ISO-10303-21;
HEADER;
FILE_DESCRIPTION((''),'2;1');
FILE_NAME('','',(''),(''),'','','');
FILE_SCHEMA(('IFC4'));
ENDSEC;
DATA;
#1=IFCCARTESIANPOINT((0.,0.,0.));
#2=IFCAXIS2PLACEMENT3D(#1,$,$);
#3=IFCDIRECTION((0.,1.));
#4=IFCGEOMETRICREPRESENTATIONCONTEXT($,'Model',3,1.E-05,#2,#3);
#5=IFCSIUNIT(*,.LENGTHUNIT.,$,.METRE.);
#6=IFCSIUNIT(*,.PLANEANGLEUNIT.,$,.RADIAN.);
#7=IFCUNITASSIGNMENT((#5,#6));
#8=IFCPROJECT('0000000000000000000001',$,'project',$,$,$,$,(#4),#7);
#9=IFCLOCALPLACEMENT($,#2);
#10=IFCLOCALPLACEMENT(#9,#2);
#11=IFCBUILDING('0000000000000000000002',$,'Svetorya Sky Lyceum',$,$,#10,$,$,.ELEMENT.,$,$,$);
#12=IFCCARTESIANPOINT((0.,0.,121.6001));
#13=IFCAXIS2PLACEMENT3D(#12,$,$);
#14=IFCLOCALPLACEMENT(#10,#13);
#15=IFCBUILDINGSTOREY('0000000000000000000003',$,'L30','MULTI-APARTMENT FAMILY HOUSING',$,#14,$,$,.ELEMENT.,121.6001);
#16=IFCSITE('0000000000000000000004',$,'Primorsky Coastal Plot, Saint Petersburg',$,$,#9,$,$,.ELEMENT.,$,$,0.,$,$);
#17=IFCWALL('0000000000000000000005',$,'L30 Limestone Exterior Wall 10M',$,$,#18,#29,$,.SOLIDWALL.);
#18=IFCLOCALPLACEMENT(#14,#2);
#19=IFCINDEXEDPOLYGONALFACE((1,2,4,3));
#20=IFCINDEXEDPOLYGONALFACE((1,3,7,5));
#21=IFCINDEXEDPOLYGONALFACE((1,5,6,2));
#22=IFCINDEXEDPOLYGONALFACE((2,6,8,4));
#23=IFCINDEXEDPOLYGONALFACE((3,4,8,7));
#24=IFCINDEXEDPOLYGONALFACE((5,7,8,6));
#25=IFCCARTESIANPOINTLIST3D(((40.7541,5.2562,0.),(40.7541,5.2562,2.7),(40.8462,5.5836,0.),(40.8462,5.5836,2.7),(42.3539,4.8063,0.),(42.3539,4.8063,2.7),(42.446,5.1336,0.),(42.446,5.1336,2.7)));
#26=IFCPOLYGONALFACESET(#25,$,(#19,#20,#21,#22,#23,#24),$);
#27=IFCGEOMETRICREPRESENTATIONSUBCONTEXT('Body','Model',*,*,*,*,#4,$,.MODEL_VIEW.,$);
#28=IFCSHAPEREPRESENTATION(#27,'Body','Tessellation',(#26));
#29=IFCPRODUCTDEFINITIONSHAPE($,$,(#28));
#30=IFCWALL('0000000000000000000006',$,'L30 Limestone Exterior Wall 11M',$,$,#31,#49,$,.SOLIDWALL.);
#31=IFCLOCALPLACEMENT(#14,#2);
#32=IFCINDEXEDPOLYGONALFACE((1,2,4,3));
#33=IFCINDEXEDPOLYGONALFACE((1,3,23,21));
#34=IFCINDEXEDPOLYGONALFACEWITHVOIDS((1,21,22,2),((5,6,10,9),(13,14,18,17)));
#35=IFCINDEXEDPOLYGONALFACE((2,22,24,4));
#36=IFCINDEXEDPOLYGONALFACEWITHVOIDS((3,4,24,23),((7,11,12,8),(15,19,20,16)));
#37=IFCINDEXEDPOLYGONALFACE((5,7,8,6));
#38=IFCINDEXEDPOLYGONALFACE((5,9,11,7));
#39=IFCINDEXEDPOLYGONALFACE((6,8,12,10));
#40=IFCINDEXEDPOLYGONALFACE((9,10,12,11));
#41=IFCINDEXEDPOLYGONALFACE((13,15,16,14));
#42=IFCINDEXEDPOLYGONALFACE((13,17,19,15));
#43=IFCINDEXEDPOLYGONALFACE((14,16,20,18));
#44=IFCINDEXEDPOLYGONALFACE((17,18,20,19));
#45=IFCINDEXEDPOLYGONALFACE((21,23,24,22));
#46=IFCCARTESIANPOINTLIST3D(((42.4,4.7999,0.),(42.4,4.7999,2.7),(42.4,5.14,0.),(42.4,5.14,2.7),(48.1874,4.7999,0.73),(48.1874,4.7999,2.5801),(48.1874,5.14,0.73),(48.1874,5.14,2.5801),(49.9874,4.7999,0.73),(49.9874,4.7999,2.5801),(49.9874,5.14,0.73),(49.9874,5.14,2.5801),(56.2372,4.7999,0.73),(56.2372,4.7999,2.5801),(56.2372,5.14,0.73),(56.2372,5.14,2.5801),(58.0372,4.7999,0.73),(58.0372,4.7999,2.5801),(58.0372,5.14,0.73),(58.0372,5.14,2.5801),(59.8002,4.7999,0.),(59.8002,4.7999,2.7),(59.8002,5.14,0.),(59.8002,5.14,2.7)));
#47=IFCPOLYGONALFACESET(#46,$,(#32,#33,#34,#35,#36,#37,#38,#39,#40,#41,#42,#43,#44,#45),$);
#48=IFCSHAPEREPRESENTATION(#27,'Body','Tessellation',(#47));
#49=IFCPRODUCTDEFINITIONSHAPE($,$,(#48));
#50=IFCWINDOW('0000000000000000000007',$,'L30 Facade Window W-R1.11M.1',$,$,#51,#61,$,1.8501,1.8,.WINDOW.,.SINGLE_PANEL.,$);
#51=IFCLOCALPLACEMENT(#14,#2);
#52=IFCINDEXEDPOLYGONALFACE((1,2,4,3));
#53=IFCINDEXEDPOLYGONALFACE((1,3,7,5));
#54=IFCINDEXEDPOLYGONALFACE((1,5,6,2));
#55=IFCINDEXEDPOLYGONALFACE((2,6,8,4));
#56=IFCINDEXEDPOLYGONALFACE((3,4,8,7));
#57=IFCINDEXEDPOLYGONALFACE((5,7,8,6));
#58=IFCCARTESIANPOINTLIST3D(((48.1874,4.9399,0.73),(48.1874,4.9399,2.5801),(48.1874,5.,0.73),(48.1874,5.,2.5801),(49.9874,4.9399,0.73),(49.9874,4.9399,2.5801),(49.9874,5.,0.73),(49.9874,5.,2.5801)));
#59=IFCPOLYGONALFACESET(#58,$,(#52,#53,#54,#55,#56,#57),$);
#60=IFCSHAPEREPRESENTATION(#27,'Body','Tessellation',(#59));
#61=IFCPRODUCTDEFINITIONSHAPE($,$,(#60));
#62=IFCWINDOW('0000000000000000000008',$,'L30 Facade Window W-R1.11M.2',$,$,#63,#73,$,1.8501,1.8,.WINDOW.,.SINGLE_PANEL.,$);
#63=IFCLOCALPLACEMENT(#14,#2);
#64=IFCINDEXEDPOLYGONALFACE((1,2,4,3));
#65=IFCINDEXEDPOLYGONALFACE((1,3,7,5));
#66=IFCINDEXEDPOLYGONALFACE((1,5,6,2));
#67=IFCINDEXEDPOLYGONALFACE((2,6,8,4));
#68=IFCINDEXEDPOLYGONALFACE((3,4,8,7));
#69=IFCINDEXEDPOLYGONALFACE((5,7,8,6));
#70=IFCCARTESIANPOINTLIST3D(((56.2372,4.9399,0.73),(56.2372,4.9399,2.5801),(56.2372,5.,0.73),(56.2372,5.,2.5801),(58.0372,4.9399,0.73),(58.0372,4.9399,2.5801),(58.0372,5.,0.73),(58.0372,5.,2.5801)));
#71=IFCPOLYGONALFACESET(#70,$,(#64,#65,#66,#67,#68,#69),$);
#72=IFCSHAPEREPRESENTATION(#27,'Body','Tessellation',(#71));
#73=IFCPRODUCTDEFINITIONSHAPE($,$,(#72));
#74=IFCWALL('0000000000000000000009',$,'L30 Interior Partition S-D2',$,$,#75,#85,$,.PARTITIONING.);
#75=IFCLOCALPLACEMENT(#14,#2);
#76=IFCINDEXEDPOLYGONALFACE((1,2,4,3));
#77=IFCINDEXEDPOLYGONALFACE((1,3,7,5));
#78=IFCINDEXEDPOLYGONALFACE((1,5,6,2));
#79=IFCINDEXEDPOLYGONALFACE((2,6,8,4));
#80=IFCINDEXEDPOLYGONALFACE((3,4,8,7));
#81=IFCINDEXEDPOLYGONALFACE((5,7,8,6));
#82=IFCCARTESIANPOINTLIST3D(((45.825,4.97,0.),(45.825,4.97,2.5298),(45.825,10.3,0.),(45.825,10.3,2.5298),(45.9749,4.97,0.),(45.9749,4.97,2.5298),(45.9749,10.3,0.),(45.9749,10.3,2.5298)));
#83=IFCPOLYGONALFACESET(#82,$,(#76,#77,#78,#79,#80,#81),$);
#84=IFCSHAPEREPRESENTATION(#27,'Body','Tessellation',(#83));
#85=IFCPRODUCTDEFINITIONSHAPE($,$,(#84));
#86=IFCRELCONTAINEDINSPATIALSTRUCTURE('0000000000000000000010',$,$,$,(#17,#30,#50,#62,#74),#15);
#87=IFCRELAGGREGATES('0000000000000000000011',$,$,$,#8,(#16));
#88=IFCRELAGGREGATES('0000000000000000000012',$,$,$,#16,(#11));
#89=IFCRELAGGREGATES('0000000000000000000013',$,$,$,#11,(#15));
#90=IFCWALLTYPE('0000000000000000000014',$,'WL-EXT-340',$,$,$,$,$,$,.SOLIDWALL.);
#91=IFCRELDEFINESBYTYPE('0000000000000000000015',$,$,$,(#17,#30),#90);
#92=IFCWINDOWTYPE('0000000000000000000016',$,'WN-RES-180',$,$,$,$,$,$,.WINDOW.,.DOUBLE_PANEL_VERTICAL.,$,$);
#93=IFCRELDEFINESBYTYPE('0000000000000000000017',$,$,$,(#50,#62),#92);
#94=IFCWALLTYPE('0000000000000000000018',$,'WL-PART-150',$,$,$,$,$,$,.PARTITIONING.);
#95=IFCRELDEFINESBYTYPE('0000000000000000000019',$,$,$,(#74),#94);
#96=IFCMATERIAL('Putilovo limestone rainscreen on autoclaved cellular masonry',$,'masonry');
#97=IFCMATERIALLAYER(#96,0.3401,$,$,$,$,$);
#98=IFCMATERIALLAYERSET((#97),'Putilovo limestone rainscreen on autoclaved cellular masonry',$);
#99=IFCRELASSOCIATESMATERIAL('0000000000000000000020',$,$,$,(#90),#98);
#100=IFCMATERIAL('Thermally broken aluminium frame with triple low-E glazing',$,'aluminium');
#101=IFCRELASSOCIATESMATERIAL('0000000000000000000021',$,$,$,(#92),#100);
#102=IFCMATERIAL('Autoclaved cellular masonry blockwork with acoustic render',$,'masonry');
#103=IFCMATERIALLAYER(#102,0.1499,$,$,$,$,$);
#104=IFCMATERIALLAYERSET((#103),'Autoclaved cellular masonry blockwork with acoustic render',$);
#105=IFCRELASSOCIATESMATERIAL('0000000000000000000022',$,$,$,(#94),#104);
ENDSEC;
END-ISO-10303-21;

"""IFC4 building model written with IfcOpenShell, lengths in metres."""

from ifc_helpers import new_model, si_unit, direction, frame, frame_2d, origin, place, context, subcontext, project, spatial, rectangle, extrude, material, layer, layer_set, type_object, element, fill, save


model = new_model("IFC4")

# Units and contexts
model_context = context("Model", 3, precision=1e-05, world=origin(), true_north=direction((0.0, 1.0)))
body_context = subcontext(model_context, "Body", "Model", "MODEL_VIEW")
ifc_project = project(units=[si_unit("LENGTHUNIT", "METRE"), si_unit("PLANEANGLEUNIT", "RADIAN")], contexts=[model_context])

# Site, building, storey
site_placement = place(None, origin())
site = spatial("IfcSite", under=ifc_project, at=site_placement, Name="Primorsky Coastal Plot, Saint Petersburg", CompositionType="ELEMENT", RefElevation=0.0)
building_placement = place(site_placement, origin())
building = spatial("IfcBuilding", under=site, at=building_placement, Name="Svetorya Sky Lyceum", CompositionType="ELEMENT")
storey_placement = place(building_placement, frame((0.0, 0.0, 121.6001)))
storey = spatial("IfcBuildingStorey", under=building, at=storey_placement, Name="L30", Description="MULTI-APARTMENT FAMILY HOUSING", CompositionType="ELEMENT", Elevation=121.6001)

# Wall
ifc_material_1 = material(Name="Putilovo limestone rainscreen on autoclaved cellular masonry", Category="masonry")
ifc_layer_1 = layer(ifc_material_1, 0.3401)
ifc_layer_set_1 = layer_set([ifc_layer_1], Name="Putilovo limestone rainscreen on autoclaved cellular masonry")
wall_type_1 = type_object("IfcWallType", Name="WL-EXT-340", PredefinedType="SOLIDWALL", material=ifc_layer_set_1)
wall_1_placement = place(storey_placement, frame((40.8, 5.4199, 0.0), z_axis=(0.0, 0.0, 1.0), x_axis=(0.962652, -0.270741, 0.0)))
element("IfcWall", 1, at=wall_1_placement, inside=storey, type_object=wall_type_1, Name="L30 Limestone Exterior Wall 10M", PredefinedType="SOLIDWALL", context=body_context, shape_type="SweptSolid", body=[
    extrude(rectangle(XDim=1.6619, YDim=0.3401, at=frame_2d((0.8311, 0.0))), origin(), (0.0, 0.0, 1.0), 2.7),
])

# Wall, openings, windows
wall_2_placement = place(storey_placement, frame((42.3999, 4.97, 0.0), z_axis=(0.0, 0.0, 1.0), x_axis=(1.0, 0.0, 0.0)))
wall_2 = element("IfcWall", 2, at=wall_2_placement, inside=storey, type_object=wall_type_1, Name="L30 Limestone Exterior Wall 11M", PredefinedType="SOLIDWALL", context=body_context, shape_type="SweptSolid", body=[
    extrude(rectangle(XDim=17.4001, YDim=0.3401, at=frame_2d((8.7002, 0.0))), origin(), (0.0, 0.0, 1.0), 2.7),
])
opening_1_placement = place(wall_2_placement, frame((5.7876, 0.0, 0.73)))
opening_1 = element("IfcOpeningElement", 3, at=opening_1_placement, cuts=wall_2, PredefinedType="OPENING", context=body_context, shape_type="SweptSolid", body=[
    extrude(rectangle(XDim=1.8, YDim=1.8501, at=frame_2d((0.8999, 0.925))), frame((0.0, 0.1799, 0.0), z_axis=(0.0, -1.0, 0.0), x_axis=(1.0, 0.0, 0.0)), (0.0, 0.0, 1.0), 0.3601),
])
opening_2_placement = place(wall_2_placement, frame((13.8374, 0.0, 0.73)))
opening_2 = element("IfcOpeningElement", 4, at=opening_2_placement, cuts=wall_2, PredefinedType="OPENING", context=body_context, shape_type="SweptSolid", body=[
    extrude(rectangle(XDim=1.8, YDim=1.8501, at=frame_2d((0.8999, 0.925))), frame((0.0, 0.1799, 0.0), z_axis=(0.0, -1.0, 0.0), x_axis=(1.0, 0.0, 0.0)), (0.0, 0.0, 1.0), 0.3601),
])
ifc_material_2 = material(Name="Thermally broken aluminium frame with triple low-E glazing", Category="aluminium")
window_type = type_object("IfcWindowType", Name="WN-RES-180", PartitioningType="DOUBLE_PANEL_VERTICAL", PredefinedType="WINDOW", material=ifc_material_2)
window_1_placement = place(opening_1_placement, origin())
window_1 = element("IfcWindow", 5, at=window_1_placement, inside=storey, type_object=window_type, Name="L30 Facade Window W-R1.11M.1", OverallHeight=1.8501, OverallWidth=1.8, PartitioningType="SINGLE_PANEL", PredefinedType="WINDOW", context=body_context, shape_type="SweptSolid", body=[
    extrude(rectangle(XDim=1.8, YDim=1.8501, at=frame_2d((0.8999, 0.925))), frame((0.0, 0.03, 0.0), z_axis=(0.0, -1.0, 0.0), x_axis=(1.0, 0.0, 0.0)), (0.0, 0.0, 1.0), 0.0601),
])
fill(opening_1, window_1)
window_2_placement = place(opening_2_placement, origin())
window_2 = element("IfcWindow", 6, at=window_2_placement, inside=storey, type_object=window_type, Name="L30 Facade Window W-R1.11M.2", OverallHeight=1.8501, OverallWidth=1.8, PartitioningType="SINGLE_PANEL", PredefinedType="WINDOW", context=body_context, shape_type="SweptSolid", body=[
    extrude(rectangle(XDim=1.8, YDim=1.8501, at=frame_2d((0.8999, 0.925))), frame((0.0, 0.03, 0.0), z_axis=(0.0, -1.0, 0.0), x_axis=(1.0, 0.0, 0.0)), (0.0, 0.0, 1.0), 0.0601),
])
fill(opening_2, window_2)

# Wall
ifc_material_3 = material(Name="Autoclaved cellular masonry blockwork with acoustic render", Category="masonry")
ifc_layer_2 = layer(ifc_material_3, 0.1499)
ifc_layer_set_2 = layer_set([ifc_layer_2], Name="Autoclaved cellular masonry blockwork with acoustic render")
wall_type_2 = type_object("IfcWallType", Name="WL-PART-150", PredefinedType="PARTITIONING", material=ifc_layer_set_2)
wall_3_placement = place(storey_placement, frame((45.8999, 4.97, 0.0), z_axis=(0.0, 0.0, 1.0), x_axis=(0.0, 1.0, 0.0)))
element("IfcWall", 7, at=wall_3_placement, inside=storey, type_object=wall_type_2, Name="L30 Interior Partition S-D2", PredefinedType="PARTITIONING", context=body_context, shape_type="SweptSolid", body=[
    extrude(rectangle(XDim=5.3301, YDim=0.1499, at=frame_2d((2.665, 0.0))), origin(), (0.0, 0.0, 1.0), 2.5298),
])

save(model, "model.ifc")
